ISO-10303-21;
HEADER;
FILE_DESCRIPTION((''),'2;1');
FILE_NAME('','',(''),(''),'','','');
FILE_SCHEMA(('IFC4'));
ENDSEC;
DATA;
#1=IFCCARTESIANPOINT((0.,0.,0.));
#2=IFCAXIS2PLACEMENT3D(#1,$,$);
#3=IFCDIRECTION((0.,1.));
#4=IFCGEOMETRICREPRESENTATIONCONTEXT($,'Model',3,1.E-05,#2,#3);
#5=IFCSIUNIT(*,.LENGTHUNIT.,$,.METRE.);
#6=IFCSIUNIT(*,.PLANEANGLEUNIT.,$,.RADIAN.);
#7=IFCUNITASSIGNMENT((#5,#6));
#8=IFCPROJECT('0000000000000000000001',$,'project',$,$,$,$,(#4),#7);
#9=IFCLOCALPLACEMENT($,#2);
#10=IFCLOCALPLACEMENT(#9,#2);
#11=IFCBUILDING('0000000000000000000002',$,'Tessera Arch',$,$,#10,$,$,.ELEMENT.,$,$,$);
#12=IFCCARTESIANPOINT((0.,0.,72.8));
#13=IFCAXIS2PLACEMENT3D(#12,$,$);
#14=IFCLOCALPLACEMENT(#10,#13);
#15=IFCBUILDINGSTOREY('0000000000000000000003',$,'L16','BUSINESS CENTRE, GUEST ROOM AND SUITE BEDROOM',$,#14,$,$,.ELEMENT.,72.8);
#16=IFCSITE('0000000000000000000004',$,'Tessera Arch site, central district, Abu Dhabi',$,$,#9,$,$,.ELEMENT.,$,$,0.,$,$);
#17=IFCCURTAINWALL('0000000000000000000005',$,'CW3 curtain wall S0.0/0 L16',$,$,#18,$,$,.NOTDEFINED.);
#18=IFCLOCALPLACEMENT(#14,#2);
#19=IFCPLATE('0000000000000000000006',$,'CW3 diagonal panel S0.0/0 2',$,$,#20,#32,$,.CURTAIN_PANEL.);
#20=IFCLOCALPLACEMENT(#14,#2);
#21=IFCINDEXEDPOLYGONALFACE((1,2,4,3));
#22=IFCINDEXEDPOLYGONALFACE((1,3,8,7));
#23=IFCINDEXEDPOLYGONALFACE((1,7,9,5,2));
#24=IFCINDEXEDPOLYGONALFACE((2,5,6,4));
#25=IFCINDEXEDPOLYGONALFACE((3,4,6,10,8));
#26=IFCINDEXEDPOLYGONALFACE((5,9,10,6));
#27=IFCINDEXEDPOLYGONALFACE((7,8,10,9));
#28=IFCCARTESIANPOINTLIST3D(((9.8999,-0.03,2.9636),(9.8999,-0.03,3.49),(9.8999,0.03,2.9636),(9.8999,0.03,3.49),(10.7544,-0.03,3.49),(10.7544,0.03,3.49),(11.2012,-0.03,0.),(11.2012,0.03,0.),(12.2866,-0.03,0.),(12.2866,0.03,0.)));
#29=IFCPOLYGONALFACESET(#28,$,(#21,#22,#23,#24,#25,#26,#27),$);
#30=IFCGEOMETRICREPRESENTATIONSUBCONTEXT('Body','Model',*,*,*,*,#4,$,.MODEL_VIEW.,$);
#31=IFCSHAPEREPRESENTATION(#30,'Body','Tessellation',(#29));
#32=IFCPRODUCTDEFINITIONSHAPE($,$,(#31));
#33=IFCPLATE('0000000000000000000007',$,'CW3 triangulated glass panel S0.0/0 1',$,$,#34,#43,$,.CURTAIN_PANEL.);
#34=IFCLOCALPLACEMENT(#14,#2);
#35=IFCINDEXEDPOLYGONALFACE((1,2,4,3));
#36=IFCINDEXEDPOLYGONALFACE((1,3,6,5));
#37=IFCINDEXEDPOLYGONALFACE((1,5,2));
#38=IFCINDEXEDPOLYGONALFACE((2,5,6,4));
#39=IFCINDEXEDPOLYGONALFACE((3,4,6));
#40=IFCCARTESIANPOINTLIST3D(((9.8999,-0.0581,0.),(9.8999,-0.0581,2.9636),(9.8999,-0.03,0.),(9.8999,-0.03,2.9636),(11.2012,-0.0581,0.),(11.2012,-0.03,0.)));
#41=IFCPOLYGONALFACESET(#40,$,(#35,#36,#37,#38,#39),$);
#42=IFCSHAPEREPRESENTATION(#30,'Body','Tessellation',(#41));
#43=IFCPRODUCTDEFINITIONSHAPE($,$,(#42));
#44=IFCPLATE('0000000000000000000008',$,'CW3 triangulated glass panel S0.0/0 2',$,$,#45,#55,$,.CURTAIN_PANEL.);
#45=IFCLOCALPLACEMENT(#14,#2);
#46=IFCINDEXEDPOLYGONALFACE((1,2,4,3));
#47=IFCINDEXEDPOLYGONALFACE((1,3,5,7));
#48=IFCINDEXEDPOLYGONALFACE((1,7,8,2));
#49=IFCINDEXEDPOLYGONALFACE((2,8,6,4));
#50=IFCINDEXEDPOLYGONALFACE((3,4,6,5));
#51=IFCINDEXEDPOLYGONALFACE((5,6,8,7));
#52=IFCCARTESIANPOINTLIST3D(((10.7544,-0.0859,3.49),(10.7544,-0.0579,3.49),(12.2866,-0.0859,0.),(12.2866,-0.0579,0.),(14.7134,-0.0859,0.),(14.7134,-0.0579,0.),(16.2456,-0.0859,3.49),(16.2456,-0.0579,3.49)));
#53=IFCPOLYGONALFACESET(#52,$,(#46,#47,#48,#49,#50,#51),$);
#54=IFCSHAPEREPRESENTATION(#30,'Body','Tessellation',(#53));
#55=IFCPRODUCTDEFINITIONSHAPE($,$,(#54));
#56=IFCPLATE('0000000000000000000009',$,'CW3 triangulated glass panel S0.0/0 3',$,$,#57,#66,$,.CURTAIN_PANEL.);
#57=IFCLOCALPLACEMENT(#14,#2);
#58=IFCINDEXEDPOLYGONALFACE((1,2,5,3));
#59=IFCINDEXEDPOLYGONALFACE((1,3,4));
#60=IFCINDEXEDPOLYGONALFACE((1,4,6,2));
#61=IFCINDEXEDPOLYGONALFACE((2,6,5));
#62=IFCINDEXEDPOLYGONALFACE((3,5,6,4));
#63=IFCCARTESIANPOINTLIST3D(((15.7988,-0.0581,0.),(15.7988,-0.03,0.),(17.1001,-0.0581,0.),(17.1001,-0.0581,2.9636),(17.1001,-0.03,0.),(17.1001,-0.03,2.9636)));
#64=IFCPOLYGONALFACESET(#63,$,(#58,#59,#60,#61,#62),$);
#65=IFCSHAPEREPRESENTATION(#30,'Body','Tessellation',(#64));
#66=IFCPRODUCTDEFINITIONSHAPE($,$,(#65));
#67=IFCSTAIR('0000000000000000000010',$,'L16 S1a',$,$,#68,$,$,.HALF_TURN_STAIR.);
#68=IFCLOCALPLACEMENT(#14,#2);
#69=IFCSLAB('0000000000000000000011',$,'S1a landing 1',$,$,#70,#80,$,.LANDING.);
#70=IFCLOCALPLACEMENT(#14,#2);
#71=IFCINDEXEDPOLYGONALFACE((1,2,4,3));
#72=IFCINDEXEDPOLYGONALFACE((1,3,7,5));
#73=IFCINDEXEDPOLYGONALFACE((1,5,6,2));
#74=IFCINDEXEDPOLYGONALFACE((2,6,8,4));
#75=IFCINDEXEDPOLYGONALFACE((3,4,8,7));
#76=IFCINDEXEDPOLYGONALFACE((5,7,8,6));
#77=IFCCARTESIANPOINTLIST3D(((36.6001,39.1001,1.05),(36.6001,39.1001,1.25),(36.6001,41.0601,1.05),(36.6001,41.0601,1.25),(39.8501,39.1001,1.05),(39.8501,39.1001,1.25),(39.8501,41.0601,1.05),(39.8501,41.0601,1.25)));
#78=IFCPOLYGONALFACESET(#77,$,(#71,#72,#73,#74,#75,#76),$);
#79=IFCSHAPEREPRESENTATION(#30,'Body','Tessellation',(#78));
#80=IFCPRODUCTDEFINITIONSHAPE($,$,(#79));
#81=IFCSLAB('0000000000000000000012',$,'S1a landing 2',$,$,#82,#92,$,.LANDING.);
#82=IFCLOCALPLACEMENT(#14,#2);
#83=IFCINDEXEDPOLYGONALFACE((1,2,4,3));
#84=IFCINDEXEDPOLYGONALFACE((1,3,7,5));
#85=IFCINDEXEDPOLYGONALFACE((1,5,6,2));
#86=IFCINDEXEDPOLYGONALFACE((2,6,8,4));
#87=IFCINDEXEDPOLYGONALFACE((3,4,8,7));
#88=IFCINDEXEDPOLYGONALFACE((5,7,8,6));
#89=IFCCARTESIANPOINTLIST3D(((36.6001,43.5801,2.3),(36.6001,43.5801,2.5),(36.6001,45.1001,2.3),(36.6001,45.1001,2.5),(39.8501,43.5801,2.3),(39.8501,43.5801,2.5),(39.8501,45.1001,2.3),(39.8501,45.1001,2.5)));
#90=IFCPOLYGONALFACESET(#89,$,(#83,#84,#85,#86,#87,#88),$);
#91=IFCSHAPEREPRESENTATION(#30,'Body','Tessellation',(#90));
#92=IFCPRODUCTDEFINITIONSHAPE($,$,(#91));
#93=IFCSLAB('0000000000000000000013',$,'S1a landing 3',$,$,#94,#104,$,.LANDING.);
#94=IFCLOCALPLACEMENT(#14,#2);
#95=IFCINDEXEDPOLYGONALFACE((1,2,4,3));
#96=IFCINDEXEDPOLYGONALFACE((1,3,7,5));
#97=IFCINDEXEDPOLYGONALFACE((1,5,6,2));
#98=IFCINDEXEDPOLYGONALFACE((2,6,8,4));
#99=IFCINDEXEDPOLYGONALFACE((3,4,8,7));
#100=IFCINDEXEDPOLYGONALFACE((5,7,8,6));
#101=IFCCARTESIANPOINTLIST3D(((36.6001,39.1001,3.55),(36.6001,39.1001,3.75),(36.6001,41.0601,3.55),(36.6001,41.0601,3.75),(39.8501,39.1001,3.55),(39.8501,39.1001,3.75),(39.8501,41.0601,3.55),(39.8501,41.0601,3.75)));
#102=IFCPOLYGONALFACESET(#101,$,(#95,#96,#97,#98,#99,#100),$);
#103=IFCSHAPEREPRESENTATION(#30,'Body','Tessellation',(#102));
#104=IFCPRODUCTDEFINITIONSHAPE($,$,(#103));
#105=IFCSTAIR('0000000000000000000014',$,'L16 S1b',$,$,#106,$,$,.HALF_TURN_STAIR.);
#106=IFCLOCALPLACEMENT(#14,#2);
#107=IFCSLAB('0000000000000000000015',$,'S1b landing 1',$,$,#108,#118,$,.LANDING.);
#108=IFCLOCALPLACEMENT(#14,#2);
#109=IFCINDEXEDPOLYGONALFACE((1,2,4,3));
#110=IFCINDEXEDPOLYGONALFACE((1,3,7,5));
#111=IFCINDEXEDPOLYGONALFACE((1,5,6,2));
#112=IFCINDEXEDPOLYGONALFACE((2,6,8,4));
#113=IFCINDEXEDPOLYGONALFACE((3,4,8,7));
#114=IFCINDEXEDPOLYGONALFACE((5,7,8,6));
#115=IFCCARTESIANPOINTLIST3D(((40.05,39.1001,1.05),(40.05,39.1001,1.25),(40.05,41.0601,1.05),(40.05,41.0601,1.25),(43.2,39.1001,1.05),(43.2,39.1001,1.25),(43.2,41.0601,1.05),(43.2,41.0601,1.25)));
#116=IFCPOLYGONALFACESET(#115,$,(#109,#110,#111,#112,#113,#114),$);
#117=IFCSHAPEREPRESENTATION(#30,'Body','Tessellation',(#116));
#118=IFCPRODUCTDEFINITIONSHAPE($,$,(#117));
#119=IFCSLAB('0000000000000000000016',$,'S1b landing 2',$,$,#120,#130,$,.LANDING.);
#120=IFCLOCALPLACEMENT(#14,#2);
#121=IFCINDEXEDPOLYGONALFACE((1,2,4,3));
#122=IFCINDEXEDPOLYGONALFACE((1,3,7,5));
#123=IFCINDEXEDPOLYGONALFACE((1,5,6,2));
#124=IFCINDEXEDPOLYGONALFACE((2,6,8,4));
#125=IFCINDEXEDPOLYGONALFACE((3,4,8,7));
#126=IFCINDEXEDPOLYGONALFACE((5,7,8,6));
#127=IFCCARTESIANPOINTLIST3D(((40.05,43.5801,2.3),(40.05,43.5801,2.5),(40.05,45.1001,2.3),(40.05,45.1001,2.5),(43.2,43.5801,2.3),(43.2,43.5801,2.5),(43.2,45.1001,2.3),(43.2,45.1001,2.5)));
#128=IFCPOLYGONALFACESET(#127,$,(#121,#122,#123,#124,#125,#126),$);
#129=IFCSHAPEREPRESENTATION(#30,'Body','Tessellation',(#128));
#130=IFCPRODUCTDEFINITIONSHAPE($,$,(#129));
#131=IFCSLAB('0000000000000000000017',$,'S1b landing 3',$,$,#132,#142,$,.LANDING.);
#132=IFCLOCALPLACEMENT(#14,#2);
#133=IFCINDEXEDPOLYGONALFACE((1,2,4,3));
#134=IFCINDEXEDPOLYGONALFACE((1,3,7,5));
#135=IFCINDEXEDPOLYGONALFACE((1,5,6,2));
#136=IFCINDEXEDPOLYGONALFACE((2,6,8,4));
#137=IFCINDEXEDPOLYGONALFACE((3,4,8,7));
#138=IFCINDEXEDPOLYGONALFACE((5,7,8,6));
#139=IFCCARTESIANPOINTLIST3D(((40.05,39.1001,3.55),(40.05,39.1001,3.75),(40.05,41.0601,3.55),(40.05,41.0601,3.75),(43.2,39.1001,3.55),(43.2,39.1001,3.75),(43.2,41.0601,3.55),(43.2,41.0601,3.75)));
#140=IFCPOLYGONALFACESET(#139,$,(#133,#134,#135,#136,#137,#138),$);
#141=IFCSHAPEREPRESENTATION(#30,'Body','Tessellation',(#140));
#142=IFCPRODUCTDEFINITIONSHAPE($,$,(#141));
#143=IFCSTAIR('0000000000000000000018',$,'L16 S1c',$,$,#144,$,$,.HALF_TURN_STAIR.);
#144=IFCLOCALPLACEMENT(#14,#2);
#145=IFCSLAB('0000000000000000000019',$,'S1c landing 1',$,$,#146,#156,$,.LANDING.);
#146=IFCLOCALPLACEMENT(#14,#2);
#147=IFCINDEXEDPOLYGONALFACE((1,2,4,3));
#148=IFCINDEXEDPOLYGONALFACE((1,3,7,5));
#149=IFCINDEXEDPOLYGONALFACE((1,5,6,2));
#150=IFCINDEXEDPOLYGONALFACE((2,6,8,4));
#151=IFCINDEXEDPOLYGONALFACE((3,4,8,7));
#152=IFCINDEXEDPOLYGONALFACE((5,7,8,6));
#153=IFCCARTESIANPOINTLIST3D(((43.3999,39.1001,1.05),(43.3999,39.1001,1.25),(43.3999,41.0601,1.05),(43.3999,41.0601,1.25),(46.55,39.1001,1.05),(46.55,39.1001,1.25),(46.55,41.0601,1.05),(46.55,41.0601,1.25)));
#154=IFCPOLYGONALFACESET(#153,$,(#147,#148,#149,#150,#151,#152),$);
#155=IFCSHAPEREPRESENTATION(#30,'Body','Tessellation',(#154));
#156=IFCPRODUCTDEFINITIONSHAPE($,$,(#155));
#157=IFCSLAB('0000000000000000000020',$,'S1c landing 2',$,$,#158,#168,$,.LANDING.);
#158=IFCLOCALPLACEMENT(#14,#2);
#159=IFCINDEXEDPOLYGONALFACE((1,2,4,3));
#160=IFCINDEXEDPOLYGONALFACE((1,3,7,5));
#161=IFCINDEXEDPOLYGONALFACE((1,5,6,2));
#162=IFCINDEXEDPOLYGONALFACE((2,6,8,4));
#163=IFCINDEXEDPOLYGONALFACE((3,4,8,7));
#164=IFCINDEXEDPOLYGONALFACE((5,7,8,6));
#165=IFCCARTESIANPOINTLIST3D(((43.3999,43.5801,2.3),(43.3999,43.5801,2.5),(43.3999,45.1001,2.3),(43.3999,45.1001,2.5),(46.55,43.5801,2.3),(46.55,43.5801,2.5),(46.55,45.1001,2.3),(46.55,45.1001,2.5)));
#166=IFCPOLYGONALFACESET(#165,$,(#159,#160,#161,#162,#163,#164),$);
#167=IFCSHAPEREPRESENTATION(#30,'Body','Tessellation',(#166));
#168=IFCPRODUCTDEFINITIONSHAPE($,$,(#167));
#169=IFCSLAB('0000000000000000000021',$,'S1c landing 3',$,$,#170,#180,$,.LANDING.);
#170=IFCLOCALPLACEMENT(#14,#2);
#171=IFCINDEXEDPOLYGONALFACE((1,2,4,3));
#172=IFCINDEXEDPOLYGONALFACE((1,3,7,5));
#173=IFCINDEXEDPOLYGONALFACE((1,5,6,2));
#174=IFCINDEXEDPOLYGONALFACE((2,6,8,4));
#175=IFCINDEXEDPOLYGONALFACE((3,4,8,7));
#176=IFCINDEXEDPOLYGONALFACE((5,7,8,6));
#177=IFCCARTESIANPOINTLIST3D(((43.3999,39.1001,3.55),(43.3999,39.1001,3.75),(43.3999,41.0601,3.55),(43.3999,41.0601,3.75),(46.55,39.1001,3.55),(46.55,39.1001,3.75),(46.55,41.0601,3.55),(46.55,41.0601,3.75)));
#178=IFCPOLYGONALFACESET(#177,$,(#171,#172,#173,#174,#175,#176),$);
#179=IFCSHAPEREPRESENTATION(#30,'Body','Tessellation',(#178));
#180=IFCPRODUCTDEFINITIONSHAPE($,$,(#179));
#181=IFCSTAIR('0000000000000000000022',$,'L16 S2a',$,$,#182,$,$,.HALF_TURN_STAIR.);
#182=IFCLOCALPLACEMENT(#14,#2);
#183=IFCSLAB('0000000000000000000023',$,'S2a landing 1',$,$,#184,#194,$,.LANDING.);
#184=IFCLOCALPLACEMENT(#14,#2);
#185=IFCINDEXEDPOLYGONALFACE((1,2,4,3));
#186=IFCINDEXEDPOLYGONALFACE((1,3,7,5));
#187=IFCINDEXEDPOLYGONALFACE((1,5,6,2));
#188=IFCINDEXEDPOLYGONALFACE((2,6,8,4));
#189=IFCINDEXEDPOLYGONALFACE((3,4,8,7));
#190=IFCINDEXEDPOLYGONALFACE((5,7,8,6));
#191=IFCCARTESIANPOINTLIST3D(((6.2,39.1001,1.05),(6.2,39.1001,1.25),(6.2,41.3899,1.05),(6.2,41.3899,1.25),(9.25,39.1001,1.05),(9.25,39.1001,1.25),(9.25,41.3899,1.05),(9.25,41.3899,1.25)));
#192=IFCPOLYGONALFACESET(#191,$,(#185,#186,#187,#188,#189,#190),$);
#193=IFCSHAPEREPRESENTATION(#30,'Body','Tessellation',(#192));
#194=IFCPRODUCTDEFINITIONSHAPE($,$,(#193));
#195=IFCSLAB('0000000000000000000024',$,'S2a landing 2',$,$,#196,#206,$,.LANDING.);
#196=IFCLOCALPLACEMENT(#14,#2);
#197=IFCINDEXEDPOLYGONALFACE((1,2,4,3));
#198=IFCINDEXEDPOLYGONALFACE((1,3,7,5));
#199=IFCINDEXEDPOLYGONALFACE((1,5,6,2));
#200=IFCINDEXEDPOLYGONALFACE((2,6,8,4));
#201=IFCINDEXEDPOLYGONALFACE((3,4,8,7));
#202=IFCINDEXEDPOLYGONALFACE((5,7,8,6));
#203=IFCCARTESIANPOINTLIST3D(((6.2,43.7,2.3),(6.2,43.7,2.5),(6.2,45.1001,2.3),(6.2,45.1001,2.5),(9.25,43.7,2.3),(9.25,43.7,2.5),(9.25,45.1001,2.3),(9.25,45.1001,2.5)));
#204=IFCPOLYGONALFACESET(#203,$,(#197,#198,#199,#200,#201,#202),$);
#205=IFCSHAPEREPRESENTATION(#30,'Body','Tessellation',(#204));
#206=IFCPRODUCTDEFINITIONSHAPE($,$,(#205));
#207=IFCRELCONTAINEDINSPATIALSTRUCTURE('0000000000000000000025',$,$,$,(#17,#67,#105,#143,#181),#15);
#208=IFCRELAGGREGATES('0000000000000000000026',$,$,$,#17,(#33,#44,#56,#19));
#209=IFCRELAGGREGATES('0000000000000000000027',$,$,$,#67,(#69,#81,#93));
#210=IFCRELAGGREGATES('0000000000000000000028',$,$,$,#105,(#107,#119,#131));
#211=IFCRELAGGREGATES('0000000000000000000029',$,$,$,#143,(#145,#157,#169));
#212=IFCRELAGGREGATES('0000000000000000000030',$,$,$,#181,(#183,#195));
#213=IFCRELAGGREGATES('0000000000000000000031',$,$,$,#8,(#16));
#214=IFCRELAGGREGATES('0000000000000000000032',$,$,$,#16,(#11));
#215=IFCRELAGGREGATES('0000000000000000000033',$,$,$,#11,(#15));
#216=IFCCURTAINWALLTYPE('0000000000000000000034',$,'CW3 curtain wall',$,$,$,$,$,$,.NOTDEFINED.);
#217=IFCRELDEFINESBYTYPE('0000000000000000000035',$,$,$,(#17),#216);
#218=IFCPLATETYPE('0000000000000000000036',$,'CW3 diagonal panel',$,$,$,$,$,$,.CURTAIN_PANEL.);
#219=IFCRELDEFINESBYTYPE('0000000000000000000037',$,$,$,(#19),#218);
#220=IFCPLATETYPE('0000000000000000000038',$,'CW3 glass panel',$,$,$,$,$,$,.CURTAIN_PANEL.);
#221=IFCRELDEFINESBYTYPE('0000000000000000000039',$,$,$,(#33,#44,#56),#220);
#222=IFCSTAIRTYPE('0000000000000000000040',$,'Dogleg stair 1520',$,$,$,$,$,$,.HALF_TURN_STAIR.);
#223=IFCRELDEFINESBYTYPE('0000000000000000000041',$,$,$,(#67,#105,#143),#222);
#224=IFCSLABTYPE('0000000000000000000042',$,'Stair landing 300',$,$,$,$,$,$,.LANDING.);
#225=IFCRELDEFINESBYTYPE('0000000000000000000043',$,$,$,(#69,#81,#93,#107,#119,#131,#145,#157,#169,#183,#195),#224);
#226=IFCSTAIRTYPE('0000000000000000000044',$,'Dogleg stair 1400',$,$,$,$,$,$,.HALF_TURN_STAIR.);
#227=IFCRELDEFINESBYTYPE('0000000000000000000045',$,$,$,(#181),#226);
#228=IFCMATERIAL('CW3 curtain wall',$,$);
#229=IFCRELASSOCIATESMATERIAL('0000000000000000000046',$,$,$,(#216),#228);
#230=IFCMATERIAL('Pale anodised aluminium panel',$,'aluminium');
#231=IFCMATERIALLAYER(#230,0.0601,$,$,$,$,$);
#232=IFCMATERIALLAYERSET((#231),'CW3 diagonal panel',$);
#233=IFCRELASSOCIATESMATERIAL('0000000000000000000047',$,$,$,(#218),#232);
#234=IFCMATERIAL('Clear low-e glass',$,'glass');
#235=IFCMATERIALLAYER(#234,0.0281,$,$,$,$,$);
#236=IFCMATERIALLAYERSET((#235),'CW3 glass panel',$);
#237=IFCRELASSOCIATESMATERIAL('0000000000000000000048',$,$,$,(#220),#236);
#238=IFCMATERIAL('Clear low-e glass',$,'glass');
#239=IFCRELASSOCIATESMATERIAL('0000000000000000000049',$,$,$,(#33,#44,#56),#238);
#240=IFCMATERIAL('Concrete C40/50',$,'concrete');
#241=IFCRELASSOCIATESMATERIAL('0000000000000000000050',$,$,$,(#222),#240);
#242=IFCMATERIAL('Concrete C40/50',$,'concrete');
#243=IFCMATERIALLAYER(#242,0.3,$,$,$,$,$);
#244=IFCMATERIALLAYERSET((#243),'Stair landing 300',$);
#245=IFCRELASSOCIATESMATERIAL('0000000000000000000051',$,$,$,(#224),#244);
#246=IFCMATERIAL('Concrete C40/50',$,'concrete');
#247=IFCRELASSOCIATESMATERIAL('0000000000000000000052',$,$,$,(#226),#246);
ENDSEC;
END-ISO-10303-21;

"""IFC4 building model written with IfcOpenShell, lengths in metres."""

from ifc_helpers import new_model, si_unit, direction, frame, origin, place, context, subcontext, project, spatial, polyline, outline, extrude, material, layer, layer_set, type_object, element, aggregate, save


model = new_model("IFC4")

# Units and contexts
model_context = context("Model", 3, precision=1e-05, world=origin(), true_north=direction((0.0, 1.0)))
body_context = subcontext(model_context, "Body", "Model", "MODEL_VIEW")
ifc_project = project(units=[si_unit("LENGTHUNIT", "METRE"), si_unit("PLANEANGLEUNIT", "RADIAN")], contexts=[model_context])

# Site, building, storey
site_placement = place(None, origin())
site = spatial("IfcSite", under=ifc_project, at=site_placement, Name="Tessera Arch site, central district, Abu Dhabi", CompositionType="ELEMENT", RefElevation=0.0)
building_placement = place(site_placement, origin())
building = spatial("IfcBuilding", under=site, at=building_placement, Name="Tessera Arch", CompositionType="ELEMENT")
storey_placement = place(building_placement, frame((0.0, 0.0, 72.8)))
storey = spatial("IfcBuildingStorey", under=building, at=storey_placement, Name="L16", Description="BUSINESS CENTRE, GUEST ROOM AND SUITE BEDROOM", CompositionType="ELEMENT", Elevation=72.8)

# Shared definitions
ifc_material_1 = material(Name="Clear low-e glass", Category="glass")

# Curtain wall, plates
ifc_material_2 = material(Name="CW3 curtain wall")
curtain_wall_type_1 = type_object("IfcCurtainWallType", Name="CW3 curtain wall", PredefinedType="NOTDEFINED", material=ifc_material_2)
curtain_wall_1_placement = place(storey_placement, origin())
curtain_wall_1 = element("IfcCurtainWall", 1, at=curtain_wall_1_placement, inside=storey, type_object=curtain_wall_type_1, Name="CW3 curtain wall S0.0/0 L16", PredefinedType="NOTDEFINED")
ifc_material_3 = material(Name="Pale anodised aluminium panel", Category="aluminium")
ifc_layer_1 = layer(ifc_material_3, 0.0601)
ifc_layer_set_1 = layer_set([ifc_layer_1], Name="CW3 diagonal panel")
plate_type_1 = type_object("IfcPlateType", Name="CW3 diagonal panel", PredefinedType="CURTAIN_PANEL", material=ifc_layer_set_1)
plate_1_placement = place(storey_placement, frame((9.8999, -0.03, 3.49), z_axis=(0.0, -1.0, 0.0), x_axis=(0.0, 0.0, -1.0)))
plate_1 = element("IfcPlate", 2, at=plate_1_placement, type_object=plate_type_1, Name="CW3 diagonal panel S0.0/0 2", PredefinedType="CURTAIN_PANEL", context=body_context, shape_type="SweptSolid", body=[
    extrude(outline(polyline([(0.0, 0.0), (0.5264, 0.0), (3.49, 1.3013), (3.49, 2.3867), (0.0, 0.8545), (0.0, 0.0)])), origin(), (0.0, 0.0, -1.0), 0.0601),
])
ifc_material_4 = material(Name="Clear low-e glass", Category="glass")
ifc_layer_2 = layer(ifc_material_4, 0.0281)
ifc_layer_set_2 = layer_set([ifc_layer_2], Name="CW3 glass panel")
plate_type_2 = type_object("IfcPlateType", Name="CW3 glass panel", PredefinedType="CURTAIN_PANEL", material=ifc_layer_set_2)
plate_2_placement = place(storey_placement, frame((9.8999, -0.0581, 0.0), z_axis=(0.0, -1.0, 0.0), x_axis=(1.0, 0.0, 0.0)))
plate_2 = element("IfcPlate", 3, at=plate_2_placement, type_object=plate_type_2, material=ifc_material_1, Name="CW3 triangulated glass panel S0.0/0 1", PredefinedType="CURTAIN_PANEL", context=body_context, shape_type="SweptSolid", body=[
    extrude(outline(polyline([(0.0, 0.0), (1.3013, 0.0), (0.0, 2.9636), (0.0, 0.0)])), origin(), (0.0, 0.0, -1.0), 0.0281),
])
plate_3_placement = place(storey_placement, frame((16.2456, -0.0859, 3.49), z_axis=(0.0, -1.0, 0.0), x_axis=(-1.0, 0.0, 0.0)))
plate_3 = element("IfcPlate", 4, at=plate_3_placement, type_object=plate_type_2, material=ifc_material_1, Name="CW3 triangulated glass panel S0.0/0 2", PredefinedType="CURTAIN_PANEL", context=body_context, shape_type="SweptSolid", body=[
    extrude(outline(polyline([(0.0, 0.0), (5.4912, 0.0), (3.959, 3.49), (1.5322, 3.49), (0.0, 0.0)])), origin(), (0.0, 0.0, -1.0), 0.0281),
])
plate_4_placement = place(storey_placement, frame((17.1001, -0.0581, 0.0), z_axis=(0.0, -1.0, 0.0), x_axis=(0.0, 0.0, 1.0)))
plate_4 = element("IfcPlate", 5, at=plate_4_placement, type_object=plate_type_2, material=ifc_material_1, Name="CW3 triangulated glass panel S0.0/0 3", PredefinedType="CURTAIN_PANEL", context=body_context, shape_type="SweptSolid", body=[
    extrude(outline(polyline([(0.0, 0.0), (2.9636, 0.0), (0.0, 1.3013), (0.0, 0.0)])), origin(), (0.0, 0.0, -1.0), 0.0281),
])
aggregate(curtain_wall_1, [plate_2, plate_3, plate_4, plate_1])

# Stairs, slabs
ifc_material_5 = material(Name="Concrete C40/50", Category="concrete")
stair_type_1 = type_object("IfcStairType", Name="Dogleg stair 1520", PredefinedType="HALF_TURN_STAIR", material=ifc_material_5)
stair_1_placement = place(storey_placement, origin())
stair_1 = element("IfcStair", 6, at=stair_1_placement, inside=storey, type_object=stair_type_1, Name="L16 S1a", PredefinedType="HALF_TURN_STAIR")
ifc_material_6 = material(Name="Concrete C40/50", Category="concrete")
ifc_layer_3 = layer(ifc_material_6, 0.3)
ifc_layer_set_3 = layer_set([ifc_layer_3], Name="Stair landing 300")
slab_type = type_object("IfcSlabType", Name="Stair landing 300", PredefinedType="LANDING", material=ifc_layer_set_3)
slab_1_placement = place(storey_placement, frame((0.0, 0.0, 1.05)))
slab_1 = element("IfcSlab", 7, at=slab_1_placement, type_object=slab_type, Name="S1a landing 1", PredefinedType="LANDING", context=body_context, shape_type="SweptSolid", body=[
    extrude(outline(polyline([(36.6001, 41.0601), (36.6001, 39.1001), (39.8501, 39.1001), (39.8501, 41.0601), (36.6001, 41.0601)])), origin(), (0.0, 0.0, 1.0), 0.2),
])
slab_2_placement = place(storey_placement, frame((0.0, 0.0, 2.3)))
slab_2 = element("IfcSlab", 8, at=slab_2_placement, type_object=slab_type, Name="S1a landing 2", PredefinedType="LANDING", context=body_context, shape_type="SweptSolid", body=[
    extrude(outline(polyline([(36.6001, 45.1001), (36.6001, 43.5801), (39.8501, 43.5801), (39.8501, 45.1001), (36.6001, 45.1001)])), origin(), (0.0, 0.0, 1.0), 0.2),
])
slab_3_placement = place(storey_placement, frame((0.0, 0.0, 3.55)))
slab_3 = element("IfcSlab", 9, at=slab_3_placement, type_object=slab_type, Name="S1a landing 3", PredefinedType="LANDING", context=body_context, shape_type="SweptSolid", body=[
    extrude(outline(polyline([(36.6001, 41.0601), (36.6001, 39.1001), (39.8501, 39.1001), (39.8501, 41.0601), (36.6001, 41.0601)])), origin(), (0.0, 0.0, 1.0), 0.2),
])
aggregate(stair_1, [slab_1, slab_2, slab_3])
stair_2_placement = place(storey_placement, origin())
stair_2 = element("IfcStair", 10, at=stair_2_placement, inside=storey, type_object=stair_type_1, Name="L16 S1b", PredefinedType="HALF_TURN_STAIR")
slab_4_placement = place(storey_placement, frame((0.0, 0.0, 1.05)))
slab_4 = element("IfcSlab", 11, at=slab_4_placement, type_object=slab_type, Name="S1b landing 1", PredefinedType="LANDING", context=body_context, shape_type="SweptSolid", body=[
    extrude(outline(polyline([(40.05, 41.0601), (40.05, 39.1001), (43.2, 39.1001), (43.2, 41.0601), (40.05, 41.0601)])), origin(), (0.0, 0.0, 1.0), 0.2),
])
slab_5_placement = place(storey_placement, frame((0.0, 0.0, 2.3)))
slab_5 = element("IfcSlab", 12, at=slab_5_placement, type_object=slab_type, Name="S1b landing 2", PredefinedType="LANDING", context=body_context, shape_type="SweptSolid", body=[
    extrude(outline(polyline([(40.05, 45.1001), (40.05, 43.5801), (43.2, 43.5801), (43.2, 45.1001), (40.05, 45.1001)])), origin(), (0.0, 0.0, 1.0), 0.2),
])
slab_6_placement = place(storey_placement, frame((0.0, 0.0, 3.55)))
slab_6 = element("IfcSlab", 13, at=slab_6_placement, type_object=slab_type, Name="S1b landing 3", PredefinedType="LANDING", context=body_context, shape_type="SweptSolid", body=[
    extrude(outline(polyline([(40.05, 41.0601), (40.05, 39.1001), (43.2, 39.1001), (43.2, 41.0601), (40.05, 41.0601)])), origin(), (0.0, 0.0, 1.0), 0.2),
])
aggregate(stair_2, [slab_4, slab_5, slab_6])
stair_3_placement = place(storey_placement, origin())
stair_3 = element("IfcStair", 14, at=stair_3_placement, inside=storey, type_object=stair_type_1, Name="L16 S1c", PredefinedType="HALF_TURN_STAIR")
slab_7_placement = place(storey_placement, frame((0.0, 0.0, 1.05)))
slab_7 = element("IfcSlab", 15, at=slab_7_placement, type_object=slab_type, Name="S1c landing 1", PredefinedType="LANDING", context=body_context, shape_type="SweptSolid", body=[
    extrude(outline(polyline([(43.3999, 41.0601), (43.3999, 39.1001), (46.55, 39.1001), (46.55, 41.0601), (43.3999, 41.0601)])), origin(), (0.0, 0.0, 1.0), 0.2),
])
slab_8_placement = place(storey_placement, frame((0.0, 0.0, 2.3)))
slab_8 = element("IfcSlab", 16, at=slab_8_placement, type_object=slab_type, Name="S1c landing 2", PredefinedType="LANDING", context=body_context, shape_type="SweptSolid", body=[
    extrude(outline(polyline([(43.3999, 45.1001), (43.3999, 43.5801), (46.55, 43.5801), (46.55, 45.1001), (43.3999, 45.1001)])), origin(), (0.0, 0.0, 1.0), 0.2),
])
slab_9_placement = place(storey_placement, frame((0.0, 0.0, 3.55)))
slab_9 = element("IfcSlab", 17, at=slab_9_placement, type_object=slab_type, Name="S1c landing 3", PredefinedType="LANDING", context=body_context, shape_type="SweptSolid", body=[
    extrude(outline(polyline([(43.3999, 41.0601), (43.3999, 39.1001), (46.55, 39.1001), (46.55, 41.0601), (43.3999, 41.0601)])), origin(), (0.0, 0.0, 1.0), 0.2),
])
aggregate(stair_3, [slab_7, slab_8, slab_9])
ifc_material_7 = material(Name="Concrete C40/50", Category="concrete")
stair_type_2 = type_object("IfcStairType", Name="Dogleg stair 1400", PredefinedType="HALF_TURN_STAIR", material=ifc_material_7)
stair_4_placement = place(storey_placement, origin())
stair_4 = element("IfcStair", 18, at=stair_4_placement, inside=storey, type_object=stair_type_2, Name="L16 S2a", PredefinedType="HALF_TURN_STAIR")
slab_10_placement = place(storey_placement, frame((0.0, 0.0, 1.05)))
slab_10 = element("IfcSlab", 19, at=slab_10_placement, type_object=slab_type, Name="S2a landing 1", PredefinedType="LANDING", context=body_context, shape_type="SweptSolid", body=[
    extrude(outline(polyline([(6.2, 41.3899), (6.2, 39.1001), (9.25, 39.1001), (9.25, 41.3899), (6.2, 41.3899)])), origin(), (0.0, 0.0, 1.0), 0.2),
])
slab_11_placement = place(storey_placement, frame((0.0, 0.0, 2.3)))
slab_11 = element("IfcSlab", 20, at=slab_11_placement, type_object=slab_type, Name="S2a landing 2", PredefinedType="LANDING", context=body_context, shape_type="SweptSolid", body=[
    extrude(outline(polyline([(6.2, 45.1001), (6.2, 43.7), (9.25, 43.7), (9.25, 45.1001), (6.2, 45.1001)])), origin(), (0.0, 0.0, 1.0), 0.2),
])
aggregate(stair_4, [slab_10, slab_11])

save(model, "model.ifc")
